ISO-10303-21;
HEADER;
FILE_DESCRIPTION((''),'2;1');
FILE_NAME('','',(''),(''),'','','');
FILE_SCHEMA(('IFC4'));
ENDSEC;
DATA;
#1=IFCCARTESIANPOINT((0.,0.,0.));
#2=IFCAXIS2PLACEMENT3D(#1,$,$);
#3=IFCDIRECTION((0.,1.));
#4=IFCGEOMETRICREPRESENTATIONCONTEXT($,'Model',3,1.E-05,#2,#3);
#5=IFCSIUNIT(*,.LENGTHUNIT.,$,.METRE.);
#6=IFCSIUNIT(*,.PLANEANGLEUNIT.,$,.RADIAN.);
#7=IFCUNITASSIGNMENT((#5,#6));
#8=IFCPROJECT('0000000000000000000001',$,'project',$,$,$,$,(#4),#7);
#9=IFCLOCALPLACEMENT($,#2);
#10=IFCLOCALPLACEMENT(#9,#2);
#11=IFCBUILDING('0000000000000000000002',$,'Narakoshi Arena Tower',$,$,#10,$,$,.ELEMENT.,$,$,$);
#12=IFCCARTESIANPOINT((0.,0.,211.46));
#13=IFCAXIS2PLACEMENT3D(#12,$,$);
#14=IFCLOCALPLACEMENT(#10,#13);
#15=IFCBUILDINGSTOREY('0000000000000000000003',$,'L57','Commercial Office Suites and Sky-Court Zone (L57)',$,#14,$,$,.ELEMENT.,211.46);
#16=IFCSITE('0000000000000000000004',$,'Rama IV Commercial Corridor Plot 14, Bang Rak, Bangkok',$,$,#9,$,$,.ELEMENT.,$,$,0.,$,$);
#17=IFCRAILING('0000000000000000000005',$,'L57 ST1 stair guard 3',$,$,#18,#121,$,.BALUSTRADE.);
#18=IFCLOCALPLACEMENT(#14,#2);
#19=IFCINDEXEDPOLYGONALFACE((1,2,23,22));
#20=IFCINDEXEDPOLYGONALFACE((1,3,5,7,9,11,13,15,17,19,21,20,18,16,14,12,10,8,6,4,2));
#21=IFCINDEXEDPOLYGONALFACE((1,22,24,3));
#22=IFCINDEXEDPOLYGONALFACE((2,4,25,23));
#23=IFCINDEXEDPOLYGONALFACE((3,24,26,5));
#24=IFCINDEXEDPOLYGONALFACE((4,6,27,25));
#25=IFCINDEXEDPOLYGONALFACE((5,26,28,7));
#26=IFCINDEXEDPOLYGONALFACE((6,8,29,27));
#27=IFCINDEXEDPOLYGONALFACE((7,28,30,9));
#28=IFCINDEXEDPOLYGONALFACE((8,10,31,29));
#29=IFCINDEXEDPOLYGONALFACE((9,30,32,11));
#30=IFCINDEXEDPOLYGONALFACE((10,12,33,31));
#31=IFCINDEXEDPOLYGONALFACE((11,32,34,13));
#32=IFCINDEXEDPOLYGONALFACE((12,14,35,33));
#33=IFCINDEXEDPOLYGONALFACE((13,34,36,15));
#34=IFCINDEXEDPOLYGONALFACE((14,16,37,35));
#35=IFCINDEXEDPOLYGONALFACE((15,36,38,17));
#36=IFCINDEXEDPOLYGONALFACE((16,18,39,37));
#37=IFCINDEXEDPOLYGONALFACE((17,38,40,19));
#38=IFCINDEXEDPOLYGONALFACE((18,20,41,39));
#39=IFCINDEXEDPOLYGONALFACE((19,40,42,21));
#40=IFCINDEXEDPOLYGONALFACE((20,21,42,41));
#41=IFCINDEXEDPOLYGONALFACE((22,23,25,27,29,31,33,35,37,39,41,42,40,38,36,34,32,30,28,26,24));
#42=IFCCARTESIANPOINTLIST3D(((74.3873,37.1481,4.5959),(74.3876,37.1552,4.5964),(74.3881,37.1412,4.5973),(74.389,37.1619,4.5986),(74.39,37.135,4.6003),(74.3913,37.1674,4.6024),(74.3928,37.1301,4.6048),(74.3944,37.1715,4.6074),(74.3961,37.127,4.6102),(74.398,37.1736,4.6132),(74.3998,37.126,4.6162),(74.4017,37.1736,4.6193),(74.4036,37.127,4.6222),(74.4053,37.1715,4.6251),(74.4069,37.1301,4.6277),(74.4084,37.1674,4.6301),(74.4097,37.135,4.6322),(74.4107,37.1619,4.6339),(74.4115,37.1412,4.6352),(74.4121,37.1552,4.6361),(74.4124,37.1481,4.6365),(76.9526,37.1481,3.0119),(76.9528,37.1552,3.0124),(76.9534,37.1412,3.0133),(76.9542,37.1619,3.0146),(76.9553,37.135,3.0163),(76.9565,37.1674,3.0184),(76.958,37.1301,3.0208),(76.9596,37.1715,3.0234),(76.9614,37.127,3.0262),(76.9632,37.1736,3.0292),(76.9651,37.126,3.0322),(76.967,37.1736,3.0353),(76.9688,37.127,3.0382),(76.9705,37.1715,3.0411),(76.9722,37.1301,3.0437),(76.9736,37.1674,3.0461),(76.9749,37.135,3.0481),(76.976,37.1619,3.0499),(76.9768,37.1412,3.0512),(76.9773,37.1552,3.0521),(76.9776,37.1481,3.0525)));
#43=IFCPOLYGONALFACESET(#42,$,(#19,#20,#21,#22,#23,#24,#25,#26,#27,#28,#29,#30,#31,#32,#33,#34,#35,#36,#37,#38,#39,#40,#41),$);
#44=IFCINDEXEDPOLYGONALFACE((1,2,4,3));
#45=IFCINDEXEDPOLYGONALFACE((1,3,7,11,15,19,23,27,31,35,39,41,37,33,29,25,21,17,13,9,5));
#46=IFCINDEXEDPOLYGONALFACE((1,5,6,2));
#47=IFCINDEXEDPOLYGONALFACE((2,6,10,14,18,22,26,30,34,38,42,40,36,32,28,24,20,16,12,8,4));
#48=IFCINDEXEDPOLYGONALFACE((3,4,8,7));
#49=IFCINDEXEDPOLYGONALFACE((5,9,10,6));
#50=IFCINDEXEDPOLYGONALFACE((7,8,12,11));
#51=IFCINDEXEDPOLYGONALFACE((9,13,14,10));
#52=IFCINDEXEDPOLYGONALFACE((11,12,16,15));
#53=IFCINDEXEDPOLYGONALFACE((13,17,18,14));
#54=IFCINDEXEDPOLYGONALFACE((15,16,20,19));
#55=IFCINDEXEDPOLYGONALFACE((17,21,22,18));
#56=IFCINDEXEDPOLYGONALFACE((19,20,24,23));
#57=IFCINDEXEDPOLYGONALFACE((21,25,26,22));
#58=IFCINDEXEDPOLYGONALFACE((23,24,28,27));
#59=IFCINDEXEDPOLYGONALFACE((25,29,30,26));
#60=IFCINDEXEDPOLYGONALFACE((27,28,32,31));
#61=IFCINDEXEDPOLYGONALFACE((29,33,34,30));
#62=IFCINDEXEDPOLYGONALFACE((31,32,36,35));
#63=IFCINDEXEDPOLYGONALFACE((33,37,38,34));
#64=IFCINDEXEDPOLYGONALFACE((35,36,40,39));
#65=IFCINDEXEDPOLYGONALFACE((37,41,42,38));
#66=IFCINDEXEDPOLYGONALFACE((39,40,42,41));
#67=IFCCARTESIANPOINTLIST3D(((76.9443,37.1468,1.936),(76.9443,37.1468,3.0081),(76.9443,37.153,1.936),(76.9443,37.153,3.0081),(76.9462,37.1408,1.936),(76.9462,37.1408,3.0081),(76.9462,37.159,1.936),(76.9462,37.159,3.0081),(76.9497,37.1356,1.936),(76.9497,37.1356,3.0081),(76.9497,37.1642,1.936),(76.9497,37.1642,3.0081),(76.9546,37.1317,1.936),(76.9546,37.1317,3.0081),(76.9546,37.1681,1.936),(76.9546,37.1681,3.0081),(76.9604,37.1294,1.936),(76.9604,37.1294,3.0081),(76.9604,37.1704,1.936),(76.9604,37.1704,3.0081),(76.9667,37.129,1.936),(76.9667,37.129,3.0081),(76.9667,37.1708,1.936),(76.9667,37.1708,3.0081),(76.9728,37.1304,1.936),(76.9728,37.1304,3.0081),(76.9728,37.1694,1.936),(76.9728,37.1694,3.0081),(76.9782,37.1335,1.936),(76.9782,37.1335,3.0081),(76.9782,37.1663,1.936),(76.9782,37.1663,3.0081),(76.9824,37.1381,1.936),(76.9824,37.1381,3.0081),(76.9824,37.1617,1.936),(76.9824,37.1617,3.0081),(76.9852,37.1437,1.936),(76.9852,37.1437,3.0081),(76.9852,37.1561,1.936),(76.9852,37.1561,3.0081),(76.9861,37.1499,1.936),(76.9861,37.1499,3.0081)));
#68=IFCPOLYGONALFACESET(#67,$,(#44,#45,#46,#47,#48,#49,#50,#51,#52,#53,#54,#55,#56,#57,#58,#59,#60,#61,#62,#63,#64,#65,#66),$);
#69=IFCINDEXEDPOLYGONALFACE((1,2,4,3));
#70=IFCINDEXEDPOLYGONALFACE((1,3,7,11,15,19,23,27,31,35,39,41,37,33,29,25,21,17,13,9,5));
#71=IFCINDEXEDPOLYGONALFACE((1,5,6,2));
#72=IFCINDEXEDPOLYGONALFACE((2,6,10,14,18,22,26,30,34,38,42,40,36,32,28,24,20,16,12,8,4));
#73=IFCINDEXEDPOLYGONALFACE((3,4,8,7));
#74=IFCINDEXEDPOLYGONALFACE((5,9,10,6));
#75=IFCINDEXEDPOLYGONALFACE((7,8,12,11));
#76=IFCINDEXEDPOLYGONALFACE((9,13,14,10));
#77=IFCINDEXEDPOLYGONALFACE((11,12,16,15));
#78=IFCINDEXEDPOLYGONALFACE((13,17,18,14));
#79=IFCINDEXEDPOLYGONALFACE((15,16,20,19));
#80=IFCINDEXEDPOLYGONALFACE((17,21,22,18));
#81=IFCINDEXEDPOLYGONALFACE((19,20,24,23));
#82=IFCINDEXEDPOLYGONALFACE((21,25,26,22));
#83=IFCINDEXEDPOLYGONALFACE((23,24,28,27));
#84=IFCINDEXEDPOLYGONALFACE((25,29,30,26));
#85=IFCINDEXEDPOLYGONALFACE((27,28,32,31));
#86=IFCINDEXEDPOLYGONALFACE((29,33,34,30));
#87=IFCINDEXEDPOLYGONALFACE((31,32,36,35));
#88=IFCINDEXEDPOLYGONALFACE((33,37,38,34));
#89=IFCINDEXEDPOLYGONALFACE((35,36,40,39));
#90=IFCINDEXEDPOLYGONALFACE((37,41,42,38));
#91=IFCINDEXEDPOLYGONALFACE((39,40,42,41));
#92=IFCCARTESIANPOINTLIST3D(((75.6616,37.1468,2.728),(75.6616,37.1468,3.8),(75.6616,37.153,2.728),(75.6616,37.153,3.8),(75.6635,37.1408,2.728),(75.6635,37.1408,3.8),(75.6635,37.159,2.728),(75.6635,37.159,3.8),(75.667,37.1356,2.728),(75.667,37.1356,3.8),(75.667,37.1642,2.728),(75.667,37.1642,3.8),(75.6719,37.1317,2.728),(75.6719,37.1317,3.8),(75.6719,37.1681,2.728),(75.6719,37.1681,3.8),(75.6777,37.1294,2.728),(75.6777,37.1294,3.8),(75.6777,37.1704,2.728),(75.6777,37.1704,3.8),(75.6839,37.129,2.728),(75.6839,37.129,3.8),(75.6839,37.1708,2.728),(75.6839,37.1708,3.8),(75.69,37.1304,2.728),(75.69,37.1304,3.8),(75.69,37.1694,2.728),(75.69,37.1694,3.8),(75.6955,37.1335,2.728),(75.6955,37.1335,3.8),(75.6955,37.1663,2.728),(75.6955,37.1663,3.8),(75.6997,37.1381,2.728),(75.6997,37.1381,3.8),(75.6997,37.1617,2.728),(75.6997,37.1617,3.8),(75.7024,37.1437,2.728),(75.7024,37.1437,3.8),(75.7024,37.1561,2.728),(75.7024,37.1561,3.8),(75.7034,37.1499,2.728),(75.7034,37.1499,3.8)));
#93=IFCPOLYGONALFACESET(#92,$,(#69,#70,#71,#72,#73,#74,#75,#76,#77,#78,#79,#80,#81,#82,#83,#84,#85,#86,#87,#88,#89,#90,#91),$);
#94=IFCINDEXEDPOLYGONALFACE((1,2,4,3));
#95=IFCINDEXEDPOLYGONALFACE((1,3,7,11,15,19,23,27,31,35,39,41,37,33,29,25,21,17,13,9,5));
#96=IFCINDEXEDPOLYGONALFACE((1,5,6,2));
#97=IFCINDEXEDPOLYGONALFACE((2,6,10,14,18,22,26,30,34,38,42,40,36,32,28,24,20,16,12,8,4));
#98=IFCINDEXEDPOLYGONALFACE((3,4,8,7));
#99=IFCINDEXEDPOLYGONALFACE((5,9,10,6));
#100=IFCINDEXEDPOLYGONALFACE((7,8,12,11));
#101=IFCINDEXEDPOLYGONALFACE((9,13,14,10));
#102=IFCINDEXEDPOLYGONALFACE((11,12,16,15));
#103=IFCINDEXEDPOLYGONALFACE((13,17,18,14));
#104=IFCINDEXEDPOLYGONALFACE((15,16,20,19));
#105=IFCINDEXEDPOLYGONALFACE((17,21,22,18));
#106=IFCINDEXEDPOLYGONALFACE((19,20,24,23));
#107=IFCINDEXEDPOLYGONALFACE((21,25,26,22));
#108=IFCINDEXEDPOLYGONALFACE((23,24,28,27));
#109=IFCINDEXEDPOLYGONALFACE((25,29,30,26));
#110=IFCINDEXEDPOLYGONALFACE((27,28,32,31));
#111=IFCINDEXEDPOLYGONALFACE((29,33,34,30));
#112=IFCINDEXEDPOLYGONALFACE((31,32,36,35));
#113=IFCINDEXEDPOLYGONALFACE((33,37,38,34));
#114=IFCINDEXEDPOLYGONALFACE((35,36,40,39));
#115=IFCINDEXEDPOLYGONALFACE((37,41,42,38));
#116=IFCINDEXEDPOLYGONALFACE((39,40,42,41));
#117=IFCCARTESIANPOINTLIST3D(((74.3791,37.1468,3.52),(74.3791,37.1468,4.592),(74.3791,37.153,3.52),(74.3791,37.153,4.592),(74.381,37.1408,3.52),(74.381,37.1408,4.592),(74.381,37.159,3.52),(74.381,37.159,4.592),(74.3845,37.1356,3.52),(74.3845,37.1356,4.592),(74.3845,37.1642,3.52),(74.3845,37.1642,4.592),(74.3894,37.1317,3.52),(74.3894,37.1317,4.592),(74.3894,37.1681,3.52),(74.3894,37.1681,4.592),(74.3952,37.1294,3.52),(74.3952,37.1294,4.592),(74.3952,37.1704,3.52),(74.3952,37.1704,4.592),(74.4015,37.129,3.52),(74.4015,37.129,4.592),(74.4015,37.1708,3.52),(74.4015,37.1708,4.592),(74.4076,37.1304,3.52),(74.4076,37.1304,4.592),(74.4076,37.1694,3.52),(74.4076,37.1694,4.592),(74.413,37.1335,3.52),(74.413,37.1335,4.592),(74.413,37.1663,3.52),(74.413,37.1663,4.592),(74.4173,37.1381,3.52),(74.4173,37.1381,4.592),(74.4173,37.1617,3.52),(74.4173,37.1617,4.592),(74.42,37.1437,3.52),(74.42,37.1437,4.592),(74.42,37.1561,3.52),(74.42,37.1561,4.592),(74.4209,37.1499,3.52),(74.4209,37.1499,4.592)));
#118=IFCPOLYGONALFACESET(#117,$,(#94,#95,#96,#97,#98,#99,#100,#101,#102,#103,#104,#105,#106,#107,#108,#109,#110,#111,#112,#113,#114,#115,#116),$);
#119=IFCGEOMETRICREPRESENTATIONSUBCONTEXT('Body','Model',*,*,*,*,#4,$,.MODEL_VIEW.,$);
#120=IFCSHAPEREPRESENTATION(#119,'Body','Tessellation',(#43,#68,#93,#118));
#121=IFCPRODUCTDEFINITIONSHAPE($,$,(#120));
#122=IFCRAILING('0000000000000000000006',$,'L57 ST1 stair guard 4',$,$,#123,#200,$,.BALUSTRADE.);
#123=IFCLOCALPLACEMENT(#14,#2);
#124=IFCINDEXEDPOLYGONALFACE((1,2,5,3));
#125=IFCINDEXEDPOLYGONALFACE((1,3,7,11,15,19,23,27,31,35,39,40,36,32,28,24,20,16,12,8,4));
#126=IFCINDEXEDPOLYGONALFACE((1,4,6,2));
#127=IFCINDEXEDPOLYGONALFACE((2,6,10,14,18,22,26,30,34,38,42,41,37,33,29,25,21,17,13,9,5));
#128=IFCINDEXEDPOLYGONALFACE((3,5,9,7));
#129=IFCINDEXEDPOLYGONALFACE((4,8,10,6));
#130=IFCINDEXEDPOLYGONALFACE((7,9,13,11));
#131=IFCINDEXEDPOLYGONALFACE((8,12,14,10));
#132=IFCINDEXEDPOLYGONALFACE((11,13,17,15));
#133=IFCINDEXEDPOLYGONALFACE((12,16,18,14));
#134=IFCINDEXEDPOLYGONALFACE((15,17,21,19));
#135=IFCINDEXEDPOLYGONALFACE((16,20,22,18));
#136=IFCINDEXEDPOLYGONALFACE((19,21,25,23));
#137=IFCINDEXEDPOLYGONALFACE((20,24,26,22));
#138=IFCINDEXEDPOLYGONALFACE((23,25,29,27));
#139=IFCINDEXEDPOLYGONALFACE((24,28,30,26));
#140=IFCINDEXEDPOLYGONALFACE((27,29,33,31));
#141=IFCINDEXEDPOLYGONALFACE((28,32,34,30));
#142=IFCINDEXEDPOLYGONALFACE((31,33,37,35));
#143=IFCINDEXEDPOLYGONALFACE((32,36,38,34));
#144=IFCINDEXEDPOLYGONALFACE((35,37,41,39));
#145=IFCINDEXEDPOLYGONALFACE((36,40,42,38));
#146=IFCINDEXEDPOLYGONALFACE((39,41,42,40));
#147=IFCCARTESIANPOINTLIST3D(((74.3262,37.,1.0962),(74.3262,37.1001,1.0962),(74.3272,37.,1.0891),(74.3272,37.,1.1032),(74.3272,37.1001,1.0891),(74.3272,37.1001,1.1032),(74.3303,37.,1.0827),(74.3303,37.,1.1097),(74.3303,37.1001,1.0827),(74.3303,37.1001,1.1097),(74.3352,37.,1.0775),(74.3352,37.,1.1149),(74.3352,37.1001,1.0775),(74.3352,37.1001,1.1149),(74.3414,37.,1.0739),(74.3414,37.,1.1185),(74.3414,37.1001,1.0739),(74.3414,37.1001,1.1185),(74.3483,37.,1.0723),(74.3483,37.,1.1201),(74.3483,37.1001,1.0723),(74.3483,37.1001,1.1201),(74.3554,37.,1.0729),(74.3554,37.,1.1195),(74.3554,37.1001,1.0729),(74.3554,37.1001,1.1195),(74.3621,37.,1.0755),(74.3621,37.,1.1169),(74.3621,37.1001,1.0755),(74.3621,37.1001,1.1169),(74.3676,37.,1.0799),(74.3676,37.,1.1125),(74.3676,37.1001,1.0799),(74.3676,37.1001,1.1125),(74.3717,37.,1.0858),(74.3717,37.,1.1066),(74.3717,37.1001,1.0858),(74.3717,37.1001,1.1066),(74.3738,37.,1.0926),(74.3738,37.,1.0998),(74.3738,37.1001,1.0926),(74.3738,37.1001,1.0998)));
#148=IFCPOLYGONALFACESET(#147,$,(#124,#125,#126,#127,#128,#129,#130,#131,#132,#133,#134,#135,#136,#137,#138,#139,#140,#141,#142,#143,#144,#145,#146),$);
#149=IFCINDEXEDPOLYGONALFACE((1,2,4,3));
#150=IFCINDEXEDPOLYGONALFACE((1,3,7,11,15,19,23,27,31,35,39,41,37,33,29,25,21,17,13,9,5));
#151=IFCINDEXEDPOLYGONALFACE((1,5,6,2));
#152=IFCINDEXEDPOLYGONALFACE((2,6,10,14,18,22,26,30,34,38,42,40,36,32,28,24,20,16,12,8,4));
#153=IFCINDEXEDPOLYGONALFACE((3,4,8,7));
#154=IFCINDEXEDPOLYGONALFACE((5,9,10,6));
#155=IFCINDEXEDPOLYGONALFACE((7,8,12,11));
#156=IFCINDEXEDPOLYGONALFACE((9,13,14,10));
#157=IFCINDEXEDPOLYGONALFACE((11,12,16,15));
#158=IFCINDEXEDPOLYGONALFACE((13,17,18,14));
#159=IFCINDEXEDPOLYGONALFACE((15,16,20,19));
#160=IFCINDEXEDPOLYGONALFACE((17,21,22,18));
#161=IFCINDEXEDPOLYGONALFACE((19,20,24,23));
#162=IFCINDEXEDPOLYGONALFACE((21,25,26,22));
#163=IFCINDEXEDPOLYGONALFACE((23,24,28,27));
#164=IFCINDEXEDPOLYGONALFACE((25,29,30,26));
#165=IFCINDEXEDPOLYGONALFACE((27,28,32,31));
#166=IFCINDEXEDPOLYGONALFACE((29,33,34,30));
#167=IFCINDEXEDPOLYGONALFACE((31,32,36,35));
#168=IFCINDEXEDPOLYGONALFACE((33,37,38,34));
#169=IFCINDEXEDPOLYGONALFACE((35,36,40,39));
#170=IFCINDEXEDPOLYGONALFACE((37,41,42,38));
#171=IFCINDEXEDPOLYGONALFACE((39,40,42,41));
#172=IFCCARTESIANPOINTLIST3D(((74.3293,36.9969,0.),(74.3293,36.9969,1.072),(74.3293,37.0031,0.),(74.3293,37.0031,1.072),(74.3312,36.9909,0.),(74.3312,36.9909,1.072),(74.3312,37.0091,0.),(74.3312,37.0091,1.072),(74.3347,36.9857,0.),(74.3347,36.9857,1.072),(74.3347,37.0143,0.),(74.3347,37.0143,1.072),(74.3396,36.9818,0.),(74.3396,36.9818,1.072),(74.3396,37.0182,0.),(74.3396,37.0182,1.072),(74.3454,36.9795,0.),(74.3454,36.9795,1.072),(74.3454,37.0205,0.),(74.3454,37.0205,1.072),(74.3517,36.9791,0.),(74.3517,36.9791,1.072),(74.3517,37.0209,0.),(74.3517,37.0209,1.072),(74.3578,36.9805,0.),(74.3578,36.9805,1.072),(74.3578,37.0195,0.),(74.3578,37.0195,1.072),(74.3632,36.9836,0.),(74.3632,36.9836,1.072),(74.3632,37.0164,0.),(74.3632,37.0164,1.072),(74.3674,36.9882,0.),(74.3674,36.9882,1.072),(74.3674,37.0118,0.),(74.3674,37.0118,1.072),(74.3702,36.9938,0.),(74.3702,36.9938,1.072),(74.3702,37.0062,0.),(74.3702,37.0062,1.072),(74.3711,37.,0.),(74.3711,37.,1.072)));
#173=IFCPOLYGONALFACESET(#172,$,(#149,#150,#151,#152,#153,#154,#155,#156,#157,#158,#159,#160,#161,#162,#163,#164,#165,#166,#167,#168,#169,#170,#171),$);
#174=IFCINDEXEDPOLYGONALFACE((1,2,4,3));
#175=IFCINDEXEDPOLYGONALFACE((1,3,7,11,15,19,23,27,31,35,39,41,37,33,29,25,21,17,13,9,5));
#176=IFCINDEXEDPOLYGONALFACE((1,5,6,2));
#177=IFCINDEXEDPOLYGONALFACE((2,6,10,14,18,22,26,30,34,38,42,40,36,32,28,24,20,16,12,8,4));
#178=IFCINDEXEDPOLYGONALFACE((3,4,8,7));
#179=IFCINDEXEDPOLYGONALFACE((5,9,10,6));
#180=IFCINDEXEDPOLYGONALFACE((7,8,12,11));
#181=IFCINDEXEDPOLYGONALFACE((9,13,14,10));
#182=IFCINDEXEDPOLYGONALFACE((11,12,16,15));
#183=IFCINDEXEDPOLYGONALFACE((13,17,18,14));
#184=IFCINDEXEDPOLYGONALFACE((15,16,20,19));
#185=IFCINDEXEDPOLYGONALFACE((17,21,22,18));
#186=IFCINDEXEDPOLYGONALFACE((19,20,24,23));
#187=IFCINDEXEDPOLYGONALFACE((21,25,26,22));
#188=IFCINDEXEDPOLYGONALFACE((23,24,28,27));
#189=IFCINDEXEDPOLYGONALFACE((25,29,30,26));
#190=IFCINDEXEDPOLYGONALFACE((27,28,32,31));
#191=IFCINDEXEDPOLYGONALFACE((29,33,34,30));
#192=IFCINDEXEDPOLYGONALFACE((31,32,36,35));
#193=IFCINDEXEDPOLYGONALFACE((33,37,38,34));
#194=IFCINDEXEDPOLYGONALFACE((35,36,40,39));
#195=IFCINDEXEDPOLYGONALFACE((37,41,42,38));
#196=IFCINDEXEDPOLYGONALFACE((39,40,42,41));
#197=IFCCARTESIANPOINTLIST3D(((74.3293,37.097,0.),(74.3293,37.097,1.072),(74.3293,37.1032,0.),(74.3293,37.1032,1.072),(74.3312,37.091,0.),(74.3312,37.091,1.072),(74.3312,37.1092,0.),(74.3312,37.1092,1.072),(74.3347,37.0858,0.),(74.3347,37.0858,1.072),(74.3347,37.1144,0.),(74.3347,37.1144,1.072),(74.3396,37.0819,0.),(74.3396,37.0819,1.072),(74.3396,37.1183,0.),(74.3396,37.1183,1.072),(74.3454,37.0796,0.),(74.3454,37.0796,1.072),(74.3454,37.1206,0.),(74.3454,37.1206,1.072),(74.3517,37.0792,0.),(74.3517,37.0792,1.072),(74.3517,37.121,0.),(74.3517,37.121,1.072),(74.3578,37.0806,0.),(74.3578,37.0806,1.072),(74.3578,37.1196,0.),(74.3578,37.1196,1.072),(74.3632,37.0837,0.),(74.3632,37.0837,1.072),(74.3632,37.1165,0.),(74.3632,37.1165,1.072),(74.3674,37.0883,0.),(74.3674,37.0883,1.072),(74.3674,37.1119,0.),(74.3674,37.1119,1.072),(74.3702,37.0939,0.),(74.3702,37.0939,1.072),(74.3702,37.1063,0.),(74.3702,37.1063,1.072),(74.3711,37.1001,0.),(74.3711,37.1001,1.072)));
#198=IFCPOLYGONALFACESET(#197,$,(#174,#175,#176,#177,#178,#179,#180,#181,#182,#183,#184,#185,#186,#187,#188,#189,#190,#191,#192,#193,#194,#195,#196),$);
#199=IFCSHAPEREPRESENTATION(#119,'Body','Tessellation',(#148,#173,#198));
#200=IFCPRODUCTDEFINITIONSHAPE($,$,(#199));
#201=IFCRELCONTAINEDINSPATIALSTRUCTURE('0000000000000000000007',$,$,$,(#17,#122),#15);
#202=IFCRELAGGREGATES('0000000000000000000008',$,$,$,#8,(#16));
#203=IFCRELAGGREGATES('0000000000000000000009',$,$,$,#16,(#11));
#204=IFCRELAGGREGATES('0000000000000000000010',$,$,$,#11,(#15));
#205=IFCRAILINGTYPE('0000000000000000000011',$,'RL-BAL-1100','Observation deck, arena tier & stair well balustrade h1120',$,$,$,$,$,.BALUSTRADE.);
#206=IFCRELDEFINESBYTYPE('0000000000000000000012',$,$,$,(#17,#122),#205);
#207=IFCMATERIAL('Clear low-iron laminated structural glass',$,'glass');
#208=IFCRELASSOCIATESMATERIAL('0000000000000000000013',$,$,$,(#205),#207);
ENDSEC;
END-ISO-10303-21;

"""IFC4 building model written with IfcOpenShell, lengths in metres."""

from ifc_helpers import new_model, si_unit, direction, frame, origin, origin_2d, place, context, subcontext, project, spatial, circle, extrude, material, type_object, element, save


model = new_model("IFC4")

# Units and contexts
model_context = context("Model", 3, precision=1e-05, world=origin(), true_north=direction((0.0, 1.0)))
body_context = subcontext(model_context, "Body", "Model", "MODEL_VIEW")
ifc_project = project(units=[si_unit("LENGTHUNIT", "METRE"), si_unit("PLANEANGLEUNIT", "RADIAN")], contexts=[model_context])

# Site, building, storey
site_placement = place(None, origin())
site = spatial("IfcSite", under=ifc_project, at=site_placement, Name="Rama IV Commercial Corridor Plot 14, Bang Rak, Bangkok", CompositionType="ELEMENT", RefElevation=0.0)
building_placement = place(site_placement, origin())
building = spatial("IfcBuilding", under=site, at=building_placement, Name="Narakoshi Arena Tower", CompositionType="ELEMENT")
storey_placement = place(building_placement, frame((0.0, 0.0, 211.46)))
storey = spatial("IfcBuildingStorey", under=building, at=storey_placement, Name="L57", Description="Commercial Office Suites and Sky-Court Zone (L57)", CompositionType="ELEMENT", Elevation=211.46)

# Railings
ifc_material_1 = material(Name="Clear low-iron laminated structural glass", Category="glass")
railing_type_1 = type_object("IfcRailingType", Name="RL-BAL-1100", Description="Observation deck, arena tier & stair well balustrade h1120", PredefinedType="BALUSTRADE", material=ifc_material_1)
railing_1_placement = place(storey_placement, frame((76.9651, 37.1499, 1.936)))
element("IfcRailing", 1, at=railing_1_placement, inside=storey, type_object=railing_type_1, Name="L57 ST1 stair guard 3", PredefinedType="BALUSTRADE", context=body_context, shape_type="SweptSolid", body=[
    extrude(circle(Radius=0.0239, at=origin_2d()), frame((0.0, 0.0, 1.0962), z_axis=(-0.850857, 0.0, 0.525398), x_axis=(0.0, -1.0, 0.0)), (0.0, 0.0, 1.0), 3.0149),
    extrude(circle(Radius=0.021, at=origin_2d()), origin(), (0.0, 0.0, 1.0), 1.072),
    extrude(circle(Radius=0.021, at=origin_2d()), frame((-1.2827, 0.0, 0.792)), (0.0, 0.0, 1.0), 1.072),
    extrude(circle(Radius=0.021, at=origin_2d()), frame((-2.5652, 0.0, 1.584)), (0.0, 0.0, 1.0), 1.072),
])
railing_2_placement = place(storey_placement, frame((74.3501, 37.0, 0.0)))
element("IfcRailing", 2, at=railing_2_placement, inside=storey, type_object=railing_type_1, Name="L57 ST1 stair guard 4", PredefinedType="BALUSTRADE", context=body_context, shape_type="SweptSolid", body=[
    extrude(circle(Radius=0.0239, at=origin_2d()), frame((0.0, 0.0, 1.0962), z_axis=(0.0, 1.0, 0.0), x_axis=(-1.0, 0.0, 0.0)), (0.0, 0.0, 1.0), 0.1001),
    extrude(circle(Radius=0.021, at=origin_2d()), origin(), (0.0, 0.0, 1.0), 1.072),
    extrude(circle(Radius=0.021, at=origin_2d()), frame((0.0, 0.1001, 0.0)), (0.0, 0.0, 1.0), 1.072),
])

save(model, "model.ifc")
